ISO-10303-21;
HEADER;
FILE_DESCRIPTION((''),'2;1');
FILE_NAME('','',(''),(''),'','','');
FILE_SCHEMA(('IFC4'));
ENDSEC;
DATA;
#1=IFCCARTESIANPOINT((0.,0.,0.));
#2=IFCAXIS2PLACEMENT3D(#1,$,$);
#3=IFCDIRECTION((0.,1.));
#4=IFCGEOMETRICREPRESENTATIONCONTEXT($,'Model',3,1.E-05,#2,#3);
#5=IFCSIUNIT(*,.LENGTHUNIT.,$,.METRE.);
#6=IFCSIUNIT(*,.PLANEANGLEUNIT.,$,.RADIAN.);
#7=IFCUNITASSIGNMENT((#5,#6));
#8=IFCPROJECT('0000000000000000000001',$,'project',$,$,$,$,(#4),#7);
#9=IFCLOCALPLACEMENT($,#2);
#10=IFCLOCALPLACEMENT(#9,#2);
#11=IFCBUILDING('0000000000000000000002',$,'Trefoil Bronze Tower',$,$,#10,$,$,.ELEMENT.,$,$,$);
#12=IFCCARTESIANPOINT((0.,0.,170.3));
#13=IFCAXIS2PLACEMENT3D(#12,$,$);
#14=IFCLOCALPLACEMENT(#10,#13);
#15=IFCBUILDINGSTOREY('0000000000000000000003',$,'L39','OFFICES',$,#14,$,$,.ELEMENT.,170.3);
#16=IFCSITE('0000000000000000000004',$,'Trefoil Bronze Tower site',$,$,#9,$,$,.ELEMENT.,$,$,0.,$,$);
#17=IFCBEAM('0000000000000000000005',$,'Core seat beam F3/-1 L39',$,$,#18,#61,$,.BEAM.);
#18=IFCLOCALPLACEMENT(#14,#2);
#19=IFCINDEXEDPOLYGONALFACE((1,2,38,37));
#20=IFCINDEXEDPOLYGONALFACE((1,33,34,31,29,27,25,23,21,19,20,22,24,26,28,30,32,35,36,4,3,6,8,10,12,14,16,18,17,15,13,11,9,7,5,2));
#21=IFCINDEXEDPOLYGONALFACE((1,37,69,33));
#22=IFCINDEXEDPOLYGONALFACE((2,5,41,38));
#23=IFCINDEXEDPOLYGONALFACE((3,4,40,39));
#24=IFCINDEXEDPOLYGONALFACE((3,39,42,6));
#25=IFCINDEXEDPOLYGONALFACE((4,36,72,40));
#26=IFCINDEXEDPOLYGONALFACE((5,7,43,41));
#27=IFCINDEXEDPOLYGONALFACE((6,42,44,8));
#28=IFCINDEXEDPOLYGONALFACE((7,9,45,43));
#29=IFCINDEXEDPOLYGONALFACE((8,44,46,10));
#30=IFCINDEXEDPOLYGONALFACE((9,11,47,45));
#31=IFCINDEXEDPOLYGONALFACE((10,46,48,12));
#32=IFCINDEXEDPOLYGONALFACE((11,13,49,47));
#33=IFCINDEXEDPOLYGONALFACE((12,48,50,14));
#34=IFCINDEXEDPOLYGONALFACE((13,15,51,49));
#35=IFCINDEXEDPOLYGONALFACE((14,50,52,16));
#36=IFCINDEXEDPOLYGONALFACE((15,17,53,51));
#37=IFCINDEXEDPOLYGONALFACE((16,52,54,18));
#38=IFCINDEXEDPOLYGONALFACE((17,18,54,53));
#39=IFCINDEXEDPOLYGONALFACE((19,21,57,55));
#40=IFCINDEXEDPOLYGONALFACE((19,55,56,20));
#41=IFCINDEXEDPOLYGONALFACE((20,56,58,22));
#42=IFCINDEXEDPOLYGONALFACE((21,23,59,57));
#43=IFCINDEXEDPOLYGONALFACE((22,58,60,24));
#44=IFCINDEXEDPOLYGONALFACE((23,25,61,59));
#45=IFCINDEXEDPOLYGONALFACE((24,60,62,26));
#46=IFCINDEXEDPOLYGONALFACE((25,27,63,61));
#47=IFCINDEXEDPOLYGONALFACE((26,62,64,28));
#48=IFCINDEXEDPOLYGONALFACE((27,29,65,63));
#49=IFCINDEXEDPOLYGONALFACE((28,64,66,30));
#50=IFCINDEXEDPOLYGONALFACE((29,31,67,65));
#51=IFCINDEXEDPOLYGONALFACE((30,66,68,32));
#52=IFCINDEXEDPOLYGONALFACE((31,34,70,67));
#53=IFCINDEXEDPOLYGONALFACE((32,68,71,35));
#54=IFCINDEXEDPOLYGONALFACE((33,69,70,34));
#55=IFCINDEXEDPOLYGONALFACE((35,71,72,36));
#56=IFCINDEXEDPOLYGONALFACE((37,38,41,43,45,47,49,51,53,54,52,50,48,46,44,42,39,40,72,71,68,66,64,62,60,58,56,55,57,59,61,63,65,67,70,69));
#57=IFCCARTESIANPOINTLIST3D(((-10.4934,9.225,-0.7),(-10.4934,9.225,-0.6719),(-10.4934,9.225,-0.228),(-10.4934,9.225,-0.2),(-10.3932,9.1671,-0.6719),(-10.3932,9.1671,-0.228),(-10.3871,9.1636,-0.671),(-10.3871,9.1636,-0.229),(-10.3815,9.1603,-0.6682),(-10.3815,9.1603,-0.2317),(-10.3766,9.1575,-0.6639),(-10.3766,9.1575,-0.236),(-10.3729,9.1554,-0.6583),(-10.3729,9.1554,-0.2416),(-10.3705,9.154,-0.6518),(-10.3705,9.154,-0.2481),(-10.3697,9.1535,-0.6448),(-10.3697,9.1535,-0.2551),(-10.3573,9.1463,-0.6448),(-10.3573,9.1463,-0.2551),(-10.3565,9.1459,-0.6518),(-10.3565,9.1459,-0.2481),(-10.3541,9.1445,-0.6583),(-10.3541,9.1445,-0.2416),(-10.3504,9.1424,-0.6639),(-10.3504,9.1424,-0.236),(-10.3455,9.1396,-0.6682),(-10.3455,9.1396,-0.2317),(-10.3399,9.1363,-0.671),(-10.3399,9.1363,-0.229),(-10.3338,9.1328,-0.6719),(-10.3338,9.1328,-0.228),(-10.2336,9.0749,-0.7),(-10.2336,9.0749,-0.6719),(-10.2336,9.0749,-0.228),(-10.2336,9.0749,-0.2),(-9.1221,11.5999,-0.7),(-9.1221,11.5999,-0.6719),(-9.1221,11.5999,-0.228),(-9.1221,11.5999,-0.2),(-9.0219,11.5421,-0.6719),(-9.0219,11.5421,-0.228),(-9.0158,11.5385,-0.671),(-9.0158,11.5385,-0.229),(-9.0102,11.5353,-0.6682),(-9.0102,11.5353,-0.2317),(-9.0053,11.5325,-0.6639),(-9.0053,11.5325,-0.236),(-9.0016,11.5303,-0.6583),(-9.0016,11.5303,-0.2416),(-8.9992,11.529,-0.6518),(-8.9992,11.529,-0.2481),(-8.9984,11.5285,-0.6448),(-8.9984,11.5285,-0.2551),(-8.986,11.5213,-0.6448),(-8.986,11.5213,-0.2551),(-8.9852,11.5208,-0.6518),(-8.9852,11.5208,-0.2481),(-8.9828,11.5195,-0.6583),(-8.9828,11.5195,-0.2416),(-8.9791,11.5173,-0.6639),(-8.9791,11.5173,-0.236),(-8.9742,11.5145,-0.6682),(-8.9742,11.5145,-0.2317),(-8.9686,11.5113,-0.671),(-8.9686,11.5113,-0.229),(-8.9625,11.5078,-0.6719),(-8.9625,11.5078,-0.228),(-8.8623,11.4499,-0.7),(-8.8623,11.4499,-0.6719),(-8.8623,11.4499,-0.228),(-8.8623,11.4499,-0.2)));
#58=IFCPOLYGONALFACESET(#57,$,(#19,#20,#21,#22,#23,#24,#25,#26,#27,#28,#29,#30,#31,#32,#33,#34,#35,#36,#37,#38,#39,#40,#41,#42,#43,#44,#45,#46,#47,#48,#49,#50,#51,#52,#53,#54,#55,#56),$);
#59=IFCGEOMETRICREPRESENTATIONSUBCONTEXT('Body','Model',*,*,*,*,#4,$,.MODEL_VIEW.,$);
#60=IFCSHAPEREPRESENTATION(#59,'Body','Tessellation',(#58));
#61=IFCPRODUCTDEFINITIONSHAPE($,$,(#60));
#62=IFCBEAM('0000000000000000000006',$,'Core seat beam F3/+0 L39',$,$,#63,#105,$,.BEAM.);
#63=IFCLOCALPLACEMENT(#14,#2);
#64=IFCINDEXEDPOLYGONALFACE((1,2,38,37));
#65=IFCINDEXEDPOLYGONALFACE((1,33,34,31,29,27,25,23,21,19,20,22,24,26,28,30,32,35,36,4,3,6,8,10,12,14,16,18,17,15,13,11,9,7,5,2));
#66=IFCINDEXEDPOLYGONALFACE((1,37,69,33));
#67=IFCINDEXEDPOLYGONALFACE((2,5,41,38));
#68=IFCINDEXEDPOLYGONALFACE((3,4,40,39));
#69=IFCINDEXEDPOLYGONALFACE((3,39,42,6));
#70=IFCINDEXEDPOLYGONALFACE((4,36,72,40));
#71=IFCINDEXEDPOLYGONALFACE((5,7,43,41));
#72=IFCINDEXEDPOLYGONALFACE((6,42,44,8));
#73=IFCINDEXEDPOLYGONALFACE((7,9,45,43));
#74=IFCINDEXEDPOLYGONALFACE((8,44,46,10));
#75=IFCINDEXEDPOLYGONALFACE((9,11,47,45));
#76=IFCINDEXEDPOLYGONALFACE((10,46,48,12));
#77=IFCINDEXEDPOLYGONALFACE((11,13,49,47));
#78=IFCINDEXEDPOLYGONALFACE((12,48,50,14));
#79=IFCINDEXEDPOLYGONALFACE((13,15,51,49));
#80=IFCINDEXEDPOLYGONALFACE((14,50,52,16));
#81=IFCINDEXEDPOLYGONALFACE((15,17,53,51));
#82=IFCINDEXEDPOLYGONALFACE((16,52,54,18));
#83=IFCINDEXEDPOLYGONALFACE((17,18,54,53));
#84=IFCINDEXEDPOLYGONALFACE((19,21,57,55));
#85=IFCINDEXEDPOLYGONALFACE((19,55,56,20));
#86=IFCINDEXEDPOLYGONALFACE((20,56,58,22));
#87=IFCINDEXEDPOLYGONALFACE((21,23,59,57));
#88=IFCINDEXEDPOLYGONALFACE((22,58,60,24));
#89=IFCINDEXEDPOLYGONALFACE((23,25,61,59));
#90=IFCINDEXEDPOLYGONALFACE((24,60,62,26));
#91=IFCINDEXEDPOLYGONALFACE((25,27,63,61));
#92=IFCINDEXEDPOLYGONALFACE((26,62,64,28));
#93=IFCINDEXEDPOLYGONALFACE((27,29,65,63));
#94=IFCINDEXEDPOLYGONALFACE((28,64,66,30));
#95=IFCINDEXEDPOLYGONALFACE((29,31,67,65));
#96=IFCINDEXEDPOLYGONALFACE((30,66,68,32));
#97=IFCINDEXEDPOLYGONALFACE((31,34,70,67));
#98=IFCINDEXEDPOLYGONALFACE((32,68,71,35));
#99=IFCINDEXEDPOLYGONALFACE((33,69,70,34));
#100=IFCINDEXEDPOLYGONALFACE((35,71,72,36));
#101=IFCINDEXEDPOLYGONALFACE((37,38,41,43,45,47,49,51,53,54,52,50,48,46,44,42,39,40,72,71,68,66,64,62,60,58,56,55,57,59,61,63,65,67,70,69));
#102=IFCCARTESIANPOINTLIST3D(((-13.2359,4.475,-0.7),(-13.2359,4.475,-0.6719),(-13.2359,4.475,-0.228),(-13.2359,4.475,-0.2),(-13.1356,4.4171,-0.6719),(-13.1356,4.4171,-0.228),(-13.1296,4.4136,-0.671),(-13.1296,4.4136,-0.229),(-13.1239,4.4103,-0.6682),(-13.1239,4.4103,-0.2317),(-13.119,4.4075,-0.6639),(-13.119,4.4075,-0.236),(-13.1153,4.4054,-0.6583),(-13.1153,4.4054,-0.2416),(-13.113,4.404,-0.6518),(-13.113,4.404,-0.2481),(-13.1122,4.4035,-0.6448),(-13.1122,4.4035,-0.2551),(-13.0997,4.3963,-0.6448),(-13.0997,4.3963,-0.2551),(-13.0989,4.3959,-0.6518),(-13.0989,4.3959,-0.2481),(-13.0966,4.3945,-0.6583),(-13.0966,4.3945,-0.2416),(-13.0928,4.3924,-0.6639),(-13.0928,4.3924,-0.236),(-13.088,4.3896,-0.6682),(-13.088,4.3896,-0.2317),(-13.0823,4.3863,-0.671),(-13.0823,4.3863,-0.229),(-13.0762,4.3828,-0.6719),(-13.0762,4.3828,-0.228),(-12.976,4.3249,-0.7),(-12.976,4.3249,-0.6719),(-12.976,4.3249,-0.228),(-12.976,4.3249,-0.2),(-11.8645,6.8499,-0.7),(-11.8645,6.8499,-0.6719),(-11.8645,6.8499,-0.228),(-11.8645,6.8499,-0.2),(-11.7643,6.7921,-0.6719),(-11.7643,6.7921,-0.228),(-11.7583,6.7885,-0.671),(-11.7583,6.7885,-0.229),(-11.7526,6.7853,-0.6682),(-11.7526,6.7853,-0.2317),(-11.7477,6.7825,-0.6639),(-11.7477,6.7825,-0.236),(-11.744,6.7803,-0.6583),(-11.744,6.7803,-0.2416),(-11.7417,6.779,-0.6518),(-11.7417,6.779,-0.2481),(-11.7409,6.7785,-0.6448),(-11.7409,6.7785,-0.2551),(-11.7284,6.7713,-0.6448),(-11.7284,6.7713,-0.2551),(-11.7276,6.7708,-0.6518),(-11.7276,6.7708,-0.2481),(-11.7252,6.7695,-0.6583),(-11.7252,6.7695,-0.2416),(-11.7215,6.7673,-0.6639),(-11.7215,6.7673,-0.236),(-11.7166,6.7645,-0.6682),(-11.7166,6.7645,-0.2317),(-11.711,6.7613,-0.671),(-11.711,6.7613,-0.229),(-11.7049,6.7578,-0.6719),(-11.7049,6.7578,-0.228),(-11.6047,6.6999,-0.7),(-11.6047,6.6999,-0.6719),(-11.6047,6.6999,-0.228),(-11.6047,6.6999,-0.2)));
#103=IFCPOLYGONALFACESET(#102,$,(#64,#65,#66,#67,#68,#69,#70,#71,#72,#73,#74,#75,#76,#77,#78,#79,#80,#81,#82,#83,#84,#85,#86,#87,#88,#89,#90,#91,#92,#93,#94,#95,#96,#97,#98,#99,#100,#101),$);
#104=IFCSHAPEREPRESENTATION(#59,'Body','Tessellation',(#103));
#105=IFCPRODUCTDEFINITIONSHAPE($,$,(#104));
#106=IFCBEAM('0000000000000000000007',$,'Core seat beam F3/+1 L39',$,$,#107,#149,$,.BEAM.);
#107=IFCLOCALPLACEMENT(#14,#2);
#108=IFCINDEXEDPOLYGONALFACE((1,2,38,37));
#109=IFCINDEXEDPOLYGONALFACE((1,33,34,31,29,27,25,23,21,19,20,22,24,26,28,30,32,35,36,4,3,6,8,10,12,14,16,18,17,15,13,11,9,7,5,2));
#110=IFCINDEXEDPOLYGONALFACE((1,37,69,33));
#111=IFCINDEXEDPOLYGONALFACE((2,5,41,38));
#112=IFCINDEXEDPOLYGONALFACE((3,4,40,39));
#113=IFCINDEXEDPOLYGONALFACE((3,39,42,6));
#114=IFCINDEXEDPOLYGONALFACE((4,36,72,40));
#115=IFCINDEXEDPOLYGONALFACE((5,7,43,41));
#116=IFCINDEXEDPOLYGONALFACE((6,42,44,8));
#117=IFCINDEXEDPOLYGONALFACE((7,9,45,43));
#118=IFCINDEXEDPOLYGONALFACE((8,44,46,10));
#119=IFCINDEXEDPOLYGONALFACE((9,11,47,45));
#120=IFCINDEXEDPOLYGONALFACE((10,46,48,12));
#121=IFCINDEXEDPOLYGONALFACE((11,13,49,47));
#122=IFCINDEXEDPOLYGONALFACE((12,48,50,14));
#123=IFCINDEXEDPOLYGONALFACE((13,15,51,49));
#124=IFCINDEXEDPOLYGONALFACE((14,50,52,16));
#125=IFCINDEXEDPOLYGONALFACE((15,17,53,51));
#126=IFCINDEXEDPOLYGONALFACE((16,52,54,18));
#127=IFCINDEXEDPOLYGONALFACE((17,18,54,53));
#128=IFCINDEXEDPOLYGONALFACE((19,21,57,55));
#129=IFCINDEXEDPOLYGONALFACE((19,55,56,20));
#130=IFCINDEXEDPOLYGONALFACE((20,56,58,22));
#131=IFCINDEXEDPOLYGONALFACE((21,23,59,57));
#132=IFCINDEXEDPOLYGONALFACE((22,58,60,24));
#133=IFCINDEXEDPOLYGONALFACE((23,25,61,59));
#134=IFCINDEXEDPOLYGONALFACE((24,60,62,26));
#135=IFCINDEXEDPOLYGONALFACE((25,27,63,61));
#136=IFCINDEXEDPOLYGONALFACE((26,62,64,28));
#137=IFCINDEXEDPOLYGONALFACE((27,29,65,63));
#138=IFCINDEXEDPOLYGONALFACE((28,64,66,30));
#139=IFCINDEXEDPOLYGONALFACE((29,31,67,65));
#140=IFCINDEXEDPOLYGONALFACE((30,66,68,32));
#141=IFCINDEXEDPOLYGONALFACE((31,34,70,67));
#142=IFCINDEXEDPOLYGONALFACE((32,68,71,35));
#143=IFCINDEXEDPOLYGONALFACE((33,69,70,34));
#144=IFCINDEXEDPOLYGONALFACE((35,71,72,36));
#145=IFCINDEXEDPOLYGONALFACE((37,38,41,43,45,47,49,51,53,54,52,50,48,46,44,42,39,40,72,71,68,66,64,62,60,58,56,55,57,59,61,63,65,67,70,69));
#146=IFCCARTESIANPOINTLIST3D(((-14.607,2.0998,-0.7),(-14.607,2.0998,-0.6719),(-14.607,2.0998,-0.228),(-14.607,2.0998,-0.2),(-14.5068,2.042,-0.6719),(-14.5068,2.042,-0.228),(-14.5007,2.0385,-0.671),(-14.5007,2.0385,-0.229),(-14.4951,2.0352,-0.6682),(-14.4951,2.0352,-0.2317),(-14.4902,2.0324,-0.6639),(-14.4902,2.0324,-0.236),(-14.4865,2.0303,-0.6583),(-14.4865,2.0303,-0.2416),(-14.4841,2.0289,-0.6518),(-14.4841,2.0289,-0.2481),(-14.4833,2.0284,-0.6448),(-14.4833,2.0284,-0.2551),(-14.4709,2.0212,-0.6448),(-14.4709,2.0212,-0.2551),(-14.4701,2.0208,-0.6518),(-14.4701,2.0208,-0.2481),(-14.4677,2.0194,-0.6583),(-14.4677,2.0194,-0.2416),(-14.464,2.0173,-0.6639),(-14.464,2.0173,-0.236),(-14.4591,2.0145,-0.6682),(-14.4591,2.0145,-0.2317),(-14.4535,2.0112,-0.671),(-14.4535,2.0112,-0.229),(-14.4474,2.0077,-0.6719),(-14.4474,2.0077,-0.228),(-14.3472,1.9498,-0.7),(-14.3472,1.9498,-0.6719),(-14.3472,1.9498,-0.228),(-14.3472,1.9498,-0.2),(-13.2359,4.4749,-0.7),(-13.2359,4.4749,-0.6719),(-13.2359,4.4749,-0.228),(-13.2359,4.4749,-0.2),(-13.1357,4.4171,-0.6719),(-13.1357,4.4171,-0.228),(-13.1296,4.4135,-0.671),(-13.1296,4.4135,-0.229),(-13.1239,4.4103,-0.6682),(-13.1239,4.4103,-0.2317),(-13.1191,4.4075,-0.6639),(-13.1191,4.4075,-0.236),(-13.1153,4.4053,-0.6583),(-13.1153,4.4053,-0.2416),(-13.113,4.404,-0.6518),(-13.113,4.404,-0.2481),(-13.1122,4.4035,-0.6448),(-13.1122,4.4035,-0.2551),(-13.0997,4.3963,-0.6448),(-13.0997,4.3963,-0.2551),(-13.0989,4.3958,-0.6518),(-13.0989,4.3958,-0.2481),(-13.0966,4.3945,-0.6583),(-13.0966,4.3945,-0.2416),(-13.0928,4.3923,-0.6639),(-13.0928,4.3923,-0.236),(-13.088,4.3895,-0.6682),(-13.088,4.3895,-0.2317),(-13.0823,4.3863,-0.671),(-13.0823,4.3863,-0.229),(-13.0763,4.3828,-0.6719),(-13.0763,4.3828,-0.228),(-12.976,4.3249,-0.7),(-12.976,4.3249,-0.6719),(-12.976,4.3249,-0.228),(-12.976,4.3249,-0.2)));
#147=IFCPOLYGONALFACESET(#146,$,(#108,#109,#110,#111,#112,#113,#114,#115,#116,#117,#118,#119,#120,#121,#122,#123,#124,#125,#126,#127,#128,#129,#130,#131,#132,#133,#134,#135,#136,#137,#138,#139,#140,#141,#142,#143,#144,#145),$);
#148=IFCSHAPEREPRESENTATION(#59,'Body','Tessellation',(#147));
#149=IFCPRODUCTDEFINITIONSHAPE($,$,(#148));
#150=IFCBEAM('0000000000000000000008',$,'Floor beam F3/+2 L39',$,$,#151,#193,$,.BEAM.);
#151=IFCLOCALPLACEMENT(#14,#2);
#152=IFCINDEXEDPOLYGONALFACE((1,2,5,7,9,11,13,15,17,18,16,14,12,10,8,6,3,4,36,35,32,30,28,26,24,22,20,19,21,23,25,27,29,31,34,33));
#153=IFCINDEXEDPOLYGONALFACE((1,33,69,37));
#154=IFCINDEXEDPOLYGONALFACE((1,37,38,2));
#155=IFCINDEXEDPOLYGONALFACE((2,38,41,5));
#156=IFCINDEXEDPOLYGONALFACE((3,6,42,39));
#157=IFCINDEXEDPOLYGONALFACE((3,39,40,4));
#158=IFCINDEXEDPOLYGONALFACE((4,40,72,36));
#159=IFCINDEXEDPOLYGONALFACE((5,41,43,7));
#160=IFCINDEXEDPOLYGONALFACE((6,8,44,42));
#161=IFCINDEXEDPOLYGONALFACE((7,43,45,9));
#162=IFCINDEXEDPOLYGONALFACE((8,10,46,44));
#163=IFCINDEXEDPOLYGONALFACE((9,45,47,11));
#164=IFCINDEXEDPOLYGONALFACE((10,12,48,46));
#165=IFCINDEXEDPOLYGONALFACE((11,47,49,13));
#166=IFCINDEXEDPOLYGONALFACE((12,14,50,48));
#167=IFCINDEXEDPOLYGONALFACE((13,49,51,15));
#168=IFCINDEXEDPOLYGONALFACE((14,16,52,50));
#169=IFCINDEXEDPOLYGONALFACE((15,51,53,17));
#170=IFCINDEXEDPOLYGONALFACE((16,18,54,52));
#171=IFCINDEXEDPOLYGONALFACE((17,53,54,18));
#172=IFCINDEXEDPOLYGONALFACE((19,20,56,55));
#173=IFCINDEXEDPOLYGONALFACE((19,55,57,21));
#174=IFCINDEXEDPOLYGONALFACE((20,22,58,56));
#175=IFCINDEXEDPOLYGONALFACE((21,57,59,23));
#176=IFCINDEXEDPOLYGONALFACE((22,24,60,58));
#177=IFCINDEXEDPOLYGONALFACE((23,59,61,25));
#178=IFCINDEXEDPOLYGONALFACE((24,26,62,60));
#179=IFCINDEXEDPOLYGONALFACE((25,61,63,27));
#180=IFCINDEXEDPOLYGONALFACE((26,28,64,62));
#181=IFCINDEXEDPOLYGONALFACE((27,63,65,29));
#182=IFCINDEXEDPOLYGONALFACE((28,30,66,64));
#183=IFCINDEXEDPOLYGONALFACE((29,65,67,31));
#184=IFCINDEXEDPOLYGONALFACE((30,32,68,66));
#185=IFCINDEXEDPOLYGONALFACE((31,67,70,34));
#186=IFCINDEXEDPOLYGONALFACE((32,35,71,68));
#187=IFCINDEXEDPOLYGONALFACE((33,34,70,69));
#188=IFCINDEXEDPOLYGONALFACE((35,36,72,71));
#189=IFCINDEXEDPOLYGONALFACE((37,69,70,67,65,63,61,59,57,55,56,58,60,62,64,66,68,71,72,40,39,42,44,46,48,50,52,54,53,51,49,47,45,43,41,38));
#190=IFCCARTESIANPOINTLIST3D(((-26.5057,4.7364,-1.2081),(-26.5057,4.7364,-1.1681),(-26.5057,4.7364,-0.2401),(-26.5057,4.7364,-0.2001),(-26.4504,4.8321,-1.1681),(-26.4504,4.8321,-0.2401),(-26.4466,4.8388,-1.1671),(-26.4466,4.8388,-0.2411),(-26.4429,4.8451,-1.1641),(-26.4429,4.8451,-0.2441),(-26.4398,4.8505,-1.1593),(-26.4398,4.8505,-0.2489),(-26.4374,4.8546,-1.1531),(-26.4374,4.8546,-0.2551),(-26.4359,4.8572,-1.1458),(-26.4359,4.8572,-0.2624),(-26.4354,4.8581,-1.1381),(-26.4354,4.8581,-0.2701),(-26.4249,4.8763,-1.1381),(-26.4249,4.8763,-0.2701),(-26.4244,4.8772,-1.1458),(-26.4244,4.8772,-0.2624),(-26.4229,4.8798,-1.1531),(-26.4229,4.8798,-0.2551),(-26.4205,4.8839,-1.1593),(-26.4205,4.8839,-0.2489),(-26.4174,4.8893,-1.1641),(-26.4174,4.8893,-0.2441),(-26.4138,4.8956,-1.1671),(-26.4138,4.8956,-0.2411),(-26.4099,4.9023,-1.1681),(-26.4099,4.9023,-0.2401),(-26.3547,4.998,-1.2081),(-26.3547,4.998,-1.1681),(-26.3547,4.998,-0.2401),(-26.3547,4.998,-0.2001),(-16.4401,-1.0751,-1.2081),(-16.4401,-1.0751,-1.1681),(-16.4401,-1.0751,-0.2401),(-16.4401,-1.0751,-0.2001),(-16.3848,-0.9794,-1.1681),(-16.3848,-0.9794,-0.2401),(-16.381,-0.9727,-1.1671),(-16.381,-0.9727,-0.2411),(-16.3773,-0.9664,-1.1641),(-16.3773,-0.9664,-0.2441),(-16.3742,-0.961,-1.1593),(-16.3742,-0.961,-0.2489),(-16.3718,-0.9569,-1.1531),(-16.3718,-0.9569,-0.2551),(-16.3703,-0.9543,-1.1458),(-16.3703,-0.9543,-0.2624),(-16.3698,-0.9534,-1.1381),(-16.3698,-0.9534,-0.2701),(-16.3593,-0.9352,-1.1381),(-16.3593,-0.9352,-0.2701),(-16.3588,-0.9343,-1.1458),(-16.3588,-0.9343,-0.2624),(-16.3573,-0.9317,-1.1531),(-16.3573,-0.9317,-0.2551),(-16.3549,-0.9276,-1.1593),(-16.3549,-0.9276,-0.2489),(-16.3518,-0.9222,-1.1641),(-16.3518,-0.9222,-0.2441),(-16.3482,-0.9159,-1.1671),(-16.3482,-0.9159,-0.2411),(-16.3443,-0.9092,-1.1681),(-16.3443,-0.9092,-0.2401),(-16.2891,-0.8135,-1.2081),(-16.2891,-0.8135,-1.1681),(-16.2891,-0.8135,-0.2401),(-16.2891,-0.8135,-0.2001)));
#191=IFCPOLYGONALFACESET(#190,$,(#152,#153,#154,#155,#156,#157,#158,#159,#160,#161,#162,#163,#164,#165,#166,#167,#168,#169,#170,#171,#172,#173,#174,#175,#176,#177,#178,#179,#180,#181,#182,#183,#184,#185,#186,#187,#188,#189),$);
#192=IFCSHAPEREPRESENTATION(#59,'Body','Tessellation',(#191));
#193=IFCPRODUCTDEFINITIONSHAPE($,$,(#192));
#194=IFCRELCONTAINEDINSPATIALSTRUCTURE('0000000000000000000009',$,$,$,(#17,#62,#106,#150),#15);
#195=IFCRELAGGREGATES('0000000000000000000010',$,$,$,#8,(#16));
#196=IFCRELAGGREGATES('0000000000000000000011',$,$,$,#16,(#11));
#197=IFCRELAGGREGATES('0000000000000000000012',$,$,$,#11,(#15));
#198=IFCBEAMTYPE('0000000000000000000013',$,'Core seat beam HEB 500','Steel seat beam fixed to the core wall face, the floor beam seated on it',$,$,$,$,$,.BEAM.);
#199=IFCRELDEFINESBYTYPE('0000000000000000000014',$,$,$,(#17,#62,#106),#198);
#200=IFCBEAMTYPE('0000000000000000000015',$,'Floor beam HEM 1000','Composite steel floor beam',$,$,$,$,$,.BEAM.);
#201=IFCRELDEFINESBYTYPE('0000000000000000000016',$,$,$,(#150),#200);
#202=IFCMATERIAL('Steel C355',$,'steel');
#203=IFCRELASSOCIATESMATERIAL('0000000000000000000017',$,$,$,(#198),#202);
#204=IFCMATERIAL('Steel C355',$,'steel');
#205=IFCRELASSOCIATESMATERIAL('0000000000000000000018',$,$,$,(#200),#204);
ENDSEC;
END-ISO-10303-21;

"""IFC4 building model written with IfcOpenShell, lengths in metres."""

from ifc_helpers import new_model, si_unit, direction, frame, origin, origin_2d, place, context, subcontext, project, spatial, i_section, extrude, material, material_profile, profile_set, type_object, element, save


model = new_model("IFC4")

# Units and contexts
model_context = context("Model", 3, precision=1e-05, world=origin(), true_north=direction((0.0, 1.0)))
body_context = subcontext(model_context, "Body", "Model", "MODEL_VIEW")
ifc_project = project(units=[si_unit("LENGTHUNIT", "METRE"), si_unit("PLANEANGLEUNIT", "RADIAN")], contexts=[model_context])

# Site, building, storey
site_placement = place(None, origin())
site = spatial("IfcSite", under=ifc_project, at=site_placement, Name="Trefoil Bronze Tower site", CompositionType="ELEMENT", RefElevation=0.0)
building_placement = place(site_placement, origin())
building = spatial("IfcBuilding", under=site, at=building_placement, Name="Trefoil Bronze Tower", CompositionType="ELEMENT")
storey_placement = place(building_placement, frame((0.0, 0.0, 170.3)))
storey = spatial("IfcBuildingStorey", under=building, at=storey_placement, Name="L39", Description="OFFICES", CompositionType="ELEMENT", Elevation=170.3)

# Beams
ifc_material_1 = material(Name="Steel C355", Category="steel")
ifc_material_profile_1 = material_profile(ifc_material_1, i_section(OverallWidth=0.3, OverallDepth=0.5, WebThickness=0.0144, FlangeThickness=0.0281, FilletRadius=0.0271, at=origin_2d()), Name="HEB 500")
ifc_profile_set_1 = profile_set([ifc_material_profile_1], Name="Steel C355")
beam_type_1 = type_object("IfcBeamType", Name="Core seat beam HEB 500", Description="Steel seat beam fixed to the core wall face, the floor beam seated on it", PredefinedType="BEAM", material=ifc_profile_set_1)
for number, where, z_axis, x_axis, name in (
    (1, (-8.9922, 11.5249, -0.45), (-0.500036, -0.866005, 0.0), (0.866005, -0.500036, 0.0), "Core seat beam F3/-1 L39"),
    (2, (-11.7346, 6.7749, -0.45), (-0.500036, -0.866005, 0.0), (0.866005, -0.500036, 0.0), "Core seat beam F3/+0 L39"),
    (3, (-13.106, 4.3999, -0.45), (-0.499969, -0.866043, 0.0), (0.866043, -0.499969, 0.0), "Core seat beam F3/+1 L39"),
):
    element("IfcBeam", number, at=place(storey_placement, frame(where, z_axis=z_axis, x_axis=x_axis)), inside=storey, type_object=beam_type_1, Name=name, PredefinedType="BEAM", context=body_context, shape_type="SweptSolid", body=[
        extrude(i_section(OverallWidth=0.3, OverallDepth=0.5, WebThickness=0.0144, FlangeThickness=0.0281, FilletRadius=0.0271, at=origin_2d()), origin(), (0.0, 0.0, 1.0), 2.7424),
    ])
ifc_material_2 = material(Name="Steel C355", Category="steel")
ifc_material_profile_2 = material_profile(ifc_material_2, i_section(OverallWidth=0.302, OverallDepth=1.0081, WebThickness=0.021, FlangeThickness=0.04, FilletRadius=0.03, at=origin_2d()), Name="HEM 1000")
ifc_profile_set_2 = profile_set([ifc_material_profile_2], Name="Steel C355")
beam_type_2 = type_object("IfcBeamType", Name="Floor beam HEM 1000", Description="Composite steel floor beam", PredefinedType="BEAM", material=ifc_profile_set_2)
beam_1_placement = place(storey_placement, frame((-26.4302, 4.8672, -0.7041), z_axis=(0.866022, -0.500007, 0.0), x_axis=(0.500007, 0.866022, 0.0)))
element("IfcBeam", 4, at=beam_1_placement, inside=storey, type_object=beam_type_2, Name="Floor beam F3/+2 L39", PredefinedType="BEAM", context=body_context, shape_type="SweptSolid", body=[
    extrude(i_section(OverallWidth=0.302, OverallDepth=1.0081, WebThickness=0.021, FlangeThickness=0.04, FilletRadius=0.03, at=origin_2d()), origin(), (0.0, 0.0, 1.0), 11.6228),
])

save(model, "model.ifc")
